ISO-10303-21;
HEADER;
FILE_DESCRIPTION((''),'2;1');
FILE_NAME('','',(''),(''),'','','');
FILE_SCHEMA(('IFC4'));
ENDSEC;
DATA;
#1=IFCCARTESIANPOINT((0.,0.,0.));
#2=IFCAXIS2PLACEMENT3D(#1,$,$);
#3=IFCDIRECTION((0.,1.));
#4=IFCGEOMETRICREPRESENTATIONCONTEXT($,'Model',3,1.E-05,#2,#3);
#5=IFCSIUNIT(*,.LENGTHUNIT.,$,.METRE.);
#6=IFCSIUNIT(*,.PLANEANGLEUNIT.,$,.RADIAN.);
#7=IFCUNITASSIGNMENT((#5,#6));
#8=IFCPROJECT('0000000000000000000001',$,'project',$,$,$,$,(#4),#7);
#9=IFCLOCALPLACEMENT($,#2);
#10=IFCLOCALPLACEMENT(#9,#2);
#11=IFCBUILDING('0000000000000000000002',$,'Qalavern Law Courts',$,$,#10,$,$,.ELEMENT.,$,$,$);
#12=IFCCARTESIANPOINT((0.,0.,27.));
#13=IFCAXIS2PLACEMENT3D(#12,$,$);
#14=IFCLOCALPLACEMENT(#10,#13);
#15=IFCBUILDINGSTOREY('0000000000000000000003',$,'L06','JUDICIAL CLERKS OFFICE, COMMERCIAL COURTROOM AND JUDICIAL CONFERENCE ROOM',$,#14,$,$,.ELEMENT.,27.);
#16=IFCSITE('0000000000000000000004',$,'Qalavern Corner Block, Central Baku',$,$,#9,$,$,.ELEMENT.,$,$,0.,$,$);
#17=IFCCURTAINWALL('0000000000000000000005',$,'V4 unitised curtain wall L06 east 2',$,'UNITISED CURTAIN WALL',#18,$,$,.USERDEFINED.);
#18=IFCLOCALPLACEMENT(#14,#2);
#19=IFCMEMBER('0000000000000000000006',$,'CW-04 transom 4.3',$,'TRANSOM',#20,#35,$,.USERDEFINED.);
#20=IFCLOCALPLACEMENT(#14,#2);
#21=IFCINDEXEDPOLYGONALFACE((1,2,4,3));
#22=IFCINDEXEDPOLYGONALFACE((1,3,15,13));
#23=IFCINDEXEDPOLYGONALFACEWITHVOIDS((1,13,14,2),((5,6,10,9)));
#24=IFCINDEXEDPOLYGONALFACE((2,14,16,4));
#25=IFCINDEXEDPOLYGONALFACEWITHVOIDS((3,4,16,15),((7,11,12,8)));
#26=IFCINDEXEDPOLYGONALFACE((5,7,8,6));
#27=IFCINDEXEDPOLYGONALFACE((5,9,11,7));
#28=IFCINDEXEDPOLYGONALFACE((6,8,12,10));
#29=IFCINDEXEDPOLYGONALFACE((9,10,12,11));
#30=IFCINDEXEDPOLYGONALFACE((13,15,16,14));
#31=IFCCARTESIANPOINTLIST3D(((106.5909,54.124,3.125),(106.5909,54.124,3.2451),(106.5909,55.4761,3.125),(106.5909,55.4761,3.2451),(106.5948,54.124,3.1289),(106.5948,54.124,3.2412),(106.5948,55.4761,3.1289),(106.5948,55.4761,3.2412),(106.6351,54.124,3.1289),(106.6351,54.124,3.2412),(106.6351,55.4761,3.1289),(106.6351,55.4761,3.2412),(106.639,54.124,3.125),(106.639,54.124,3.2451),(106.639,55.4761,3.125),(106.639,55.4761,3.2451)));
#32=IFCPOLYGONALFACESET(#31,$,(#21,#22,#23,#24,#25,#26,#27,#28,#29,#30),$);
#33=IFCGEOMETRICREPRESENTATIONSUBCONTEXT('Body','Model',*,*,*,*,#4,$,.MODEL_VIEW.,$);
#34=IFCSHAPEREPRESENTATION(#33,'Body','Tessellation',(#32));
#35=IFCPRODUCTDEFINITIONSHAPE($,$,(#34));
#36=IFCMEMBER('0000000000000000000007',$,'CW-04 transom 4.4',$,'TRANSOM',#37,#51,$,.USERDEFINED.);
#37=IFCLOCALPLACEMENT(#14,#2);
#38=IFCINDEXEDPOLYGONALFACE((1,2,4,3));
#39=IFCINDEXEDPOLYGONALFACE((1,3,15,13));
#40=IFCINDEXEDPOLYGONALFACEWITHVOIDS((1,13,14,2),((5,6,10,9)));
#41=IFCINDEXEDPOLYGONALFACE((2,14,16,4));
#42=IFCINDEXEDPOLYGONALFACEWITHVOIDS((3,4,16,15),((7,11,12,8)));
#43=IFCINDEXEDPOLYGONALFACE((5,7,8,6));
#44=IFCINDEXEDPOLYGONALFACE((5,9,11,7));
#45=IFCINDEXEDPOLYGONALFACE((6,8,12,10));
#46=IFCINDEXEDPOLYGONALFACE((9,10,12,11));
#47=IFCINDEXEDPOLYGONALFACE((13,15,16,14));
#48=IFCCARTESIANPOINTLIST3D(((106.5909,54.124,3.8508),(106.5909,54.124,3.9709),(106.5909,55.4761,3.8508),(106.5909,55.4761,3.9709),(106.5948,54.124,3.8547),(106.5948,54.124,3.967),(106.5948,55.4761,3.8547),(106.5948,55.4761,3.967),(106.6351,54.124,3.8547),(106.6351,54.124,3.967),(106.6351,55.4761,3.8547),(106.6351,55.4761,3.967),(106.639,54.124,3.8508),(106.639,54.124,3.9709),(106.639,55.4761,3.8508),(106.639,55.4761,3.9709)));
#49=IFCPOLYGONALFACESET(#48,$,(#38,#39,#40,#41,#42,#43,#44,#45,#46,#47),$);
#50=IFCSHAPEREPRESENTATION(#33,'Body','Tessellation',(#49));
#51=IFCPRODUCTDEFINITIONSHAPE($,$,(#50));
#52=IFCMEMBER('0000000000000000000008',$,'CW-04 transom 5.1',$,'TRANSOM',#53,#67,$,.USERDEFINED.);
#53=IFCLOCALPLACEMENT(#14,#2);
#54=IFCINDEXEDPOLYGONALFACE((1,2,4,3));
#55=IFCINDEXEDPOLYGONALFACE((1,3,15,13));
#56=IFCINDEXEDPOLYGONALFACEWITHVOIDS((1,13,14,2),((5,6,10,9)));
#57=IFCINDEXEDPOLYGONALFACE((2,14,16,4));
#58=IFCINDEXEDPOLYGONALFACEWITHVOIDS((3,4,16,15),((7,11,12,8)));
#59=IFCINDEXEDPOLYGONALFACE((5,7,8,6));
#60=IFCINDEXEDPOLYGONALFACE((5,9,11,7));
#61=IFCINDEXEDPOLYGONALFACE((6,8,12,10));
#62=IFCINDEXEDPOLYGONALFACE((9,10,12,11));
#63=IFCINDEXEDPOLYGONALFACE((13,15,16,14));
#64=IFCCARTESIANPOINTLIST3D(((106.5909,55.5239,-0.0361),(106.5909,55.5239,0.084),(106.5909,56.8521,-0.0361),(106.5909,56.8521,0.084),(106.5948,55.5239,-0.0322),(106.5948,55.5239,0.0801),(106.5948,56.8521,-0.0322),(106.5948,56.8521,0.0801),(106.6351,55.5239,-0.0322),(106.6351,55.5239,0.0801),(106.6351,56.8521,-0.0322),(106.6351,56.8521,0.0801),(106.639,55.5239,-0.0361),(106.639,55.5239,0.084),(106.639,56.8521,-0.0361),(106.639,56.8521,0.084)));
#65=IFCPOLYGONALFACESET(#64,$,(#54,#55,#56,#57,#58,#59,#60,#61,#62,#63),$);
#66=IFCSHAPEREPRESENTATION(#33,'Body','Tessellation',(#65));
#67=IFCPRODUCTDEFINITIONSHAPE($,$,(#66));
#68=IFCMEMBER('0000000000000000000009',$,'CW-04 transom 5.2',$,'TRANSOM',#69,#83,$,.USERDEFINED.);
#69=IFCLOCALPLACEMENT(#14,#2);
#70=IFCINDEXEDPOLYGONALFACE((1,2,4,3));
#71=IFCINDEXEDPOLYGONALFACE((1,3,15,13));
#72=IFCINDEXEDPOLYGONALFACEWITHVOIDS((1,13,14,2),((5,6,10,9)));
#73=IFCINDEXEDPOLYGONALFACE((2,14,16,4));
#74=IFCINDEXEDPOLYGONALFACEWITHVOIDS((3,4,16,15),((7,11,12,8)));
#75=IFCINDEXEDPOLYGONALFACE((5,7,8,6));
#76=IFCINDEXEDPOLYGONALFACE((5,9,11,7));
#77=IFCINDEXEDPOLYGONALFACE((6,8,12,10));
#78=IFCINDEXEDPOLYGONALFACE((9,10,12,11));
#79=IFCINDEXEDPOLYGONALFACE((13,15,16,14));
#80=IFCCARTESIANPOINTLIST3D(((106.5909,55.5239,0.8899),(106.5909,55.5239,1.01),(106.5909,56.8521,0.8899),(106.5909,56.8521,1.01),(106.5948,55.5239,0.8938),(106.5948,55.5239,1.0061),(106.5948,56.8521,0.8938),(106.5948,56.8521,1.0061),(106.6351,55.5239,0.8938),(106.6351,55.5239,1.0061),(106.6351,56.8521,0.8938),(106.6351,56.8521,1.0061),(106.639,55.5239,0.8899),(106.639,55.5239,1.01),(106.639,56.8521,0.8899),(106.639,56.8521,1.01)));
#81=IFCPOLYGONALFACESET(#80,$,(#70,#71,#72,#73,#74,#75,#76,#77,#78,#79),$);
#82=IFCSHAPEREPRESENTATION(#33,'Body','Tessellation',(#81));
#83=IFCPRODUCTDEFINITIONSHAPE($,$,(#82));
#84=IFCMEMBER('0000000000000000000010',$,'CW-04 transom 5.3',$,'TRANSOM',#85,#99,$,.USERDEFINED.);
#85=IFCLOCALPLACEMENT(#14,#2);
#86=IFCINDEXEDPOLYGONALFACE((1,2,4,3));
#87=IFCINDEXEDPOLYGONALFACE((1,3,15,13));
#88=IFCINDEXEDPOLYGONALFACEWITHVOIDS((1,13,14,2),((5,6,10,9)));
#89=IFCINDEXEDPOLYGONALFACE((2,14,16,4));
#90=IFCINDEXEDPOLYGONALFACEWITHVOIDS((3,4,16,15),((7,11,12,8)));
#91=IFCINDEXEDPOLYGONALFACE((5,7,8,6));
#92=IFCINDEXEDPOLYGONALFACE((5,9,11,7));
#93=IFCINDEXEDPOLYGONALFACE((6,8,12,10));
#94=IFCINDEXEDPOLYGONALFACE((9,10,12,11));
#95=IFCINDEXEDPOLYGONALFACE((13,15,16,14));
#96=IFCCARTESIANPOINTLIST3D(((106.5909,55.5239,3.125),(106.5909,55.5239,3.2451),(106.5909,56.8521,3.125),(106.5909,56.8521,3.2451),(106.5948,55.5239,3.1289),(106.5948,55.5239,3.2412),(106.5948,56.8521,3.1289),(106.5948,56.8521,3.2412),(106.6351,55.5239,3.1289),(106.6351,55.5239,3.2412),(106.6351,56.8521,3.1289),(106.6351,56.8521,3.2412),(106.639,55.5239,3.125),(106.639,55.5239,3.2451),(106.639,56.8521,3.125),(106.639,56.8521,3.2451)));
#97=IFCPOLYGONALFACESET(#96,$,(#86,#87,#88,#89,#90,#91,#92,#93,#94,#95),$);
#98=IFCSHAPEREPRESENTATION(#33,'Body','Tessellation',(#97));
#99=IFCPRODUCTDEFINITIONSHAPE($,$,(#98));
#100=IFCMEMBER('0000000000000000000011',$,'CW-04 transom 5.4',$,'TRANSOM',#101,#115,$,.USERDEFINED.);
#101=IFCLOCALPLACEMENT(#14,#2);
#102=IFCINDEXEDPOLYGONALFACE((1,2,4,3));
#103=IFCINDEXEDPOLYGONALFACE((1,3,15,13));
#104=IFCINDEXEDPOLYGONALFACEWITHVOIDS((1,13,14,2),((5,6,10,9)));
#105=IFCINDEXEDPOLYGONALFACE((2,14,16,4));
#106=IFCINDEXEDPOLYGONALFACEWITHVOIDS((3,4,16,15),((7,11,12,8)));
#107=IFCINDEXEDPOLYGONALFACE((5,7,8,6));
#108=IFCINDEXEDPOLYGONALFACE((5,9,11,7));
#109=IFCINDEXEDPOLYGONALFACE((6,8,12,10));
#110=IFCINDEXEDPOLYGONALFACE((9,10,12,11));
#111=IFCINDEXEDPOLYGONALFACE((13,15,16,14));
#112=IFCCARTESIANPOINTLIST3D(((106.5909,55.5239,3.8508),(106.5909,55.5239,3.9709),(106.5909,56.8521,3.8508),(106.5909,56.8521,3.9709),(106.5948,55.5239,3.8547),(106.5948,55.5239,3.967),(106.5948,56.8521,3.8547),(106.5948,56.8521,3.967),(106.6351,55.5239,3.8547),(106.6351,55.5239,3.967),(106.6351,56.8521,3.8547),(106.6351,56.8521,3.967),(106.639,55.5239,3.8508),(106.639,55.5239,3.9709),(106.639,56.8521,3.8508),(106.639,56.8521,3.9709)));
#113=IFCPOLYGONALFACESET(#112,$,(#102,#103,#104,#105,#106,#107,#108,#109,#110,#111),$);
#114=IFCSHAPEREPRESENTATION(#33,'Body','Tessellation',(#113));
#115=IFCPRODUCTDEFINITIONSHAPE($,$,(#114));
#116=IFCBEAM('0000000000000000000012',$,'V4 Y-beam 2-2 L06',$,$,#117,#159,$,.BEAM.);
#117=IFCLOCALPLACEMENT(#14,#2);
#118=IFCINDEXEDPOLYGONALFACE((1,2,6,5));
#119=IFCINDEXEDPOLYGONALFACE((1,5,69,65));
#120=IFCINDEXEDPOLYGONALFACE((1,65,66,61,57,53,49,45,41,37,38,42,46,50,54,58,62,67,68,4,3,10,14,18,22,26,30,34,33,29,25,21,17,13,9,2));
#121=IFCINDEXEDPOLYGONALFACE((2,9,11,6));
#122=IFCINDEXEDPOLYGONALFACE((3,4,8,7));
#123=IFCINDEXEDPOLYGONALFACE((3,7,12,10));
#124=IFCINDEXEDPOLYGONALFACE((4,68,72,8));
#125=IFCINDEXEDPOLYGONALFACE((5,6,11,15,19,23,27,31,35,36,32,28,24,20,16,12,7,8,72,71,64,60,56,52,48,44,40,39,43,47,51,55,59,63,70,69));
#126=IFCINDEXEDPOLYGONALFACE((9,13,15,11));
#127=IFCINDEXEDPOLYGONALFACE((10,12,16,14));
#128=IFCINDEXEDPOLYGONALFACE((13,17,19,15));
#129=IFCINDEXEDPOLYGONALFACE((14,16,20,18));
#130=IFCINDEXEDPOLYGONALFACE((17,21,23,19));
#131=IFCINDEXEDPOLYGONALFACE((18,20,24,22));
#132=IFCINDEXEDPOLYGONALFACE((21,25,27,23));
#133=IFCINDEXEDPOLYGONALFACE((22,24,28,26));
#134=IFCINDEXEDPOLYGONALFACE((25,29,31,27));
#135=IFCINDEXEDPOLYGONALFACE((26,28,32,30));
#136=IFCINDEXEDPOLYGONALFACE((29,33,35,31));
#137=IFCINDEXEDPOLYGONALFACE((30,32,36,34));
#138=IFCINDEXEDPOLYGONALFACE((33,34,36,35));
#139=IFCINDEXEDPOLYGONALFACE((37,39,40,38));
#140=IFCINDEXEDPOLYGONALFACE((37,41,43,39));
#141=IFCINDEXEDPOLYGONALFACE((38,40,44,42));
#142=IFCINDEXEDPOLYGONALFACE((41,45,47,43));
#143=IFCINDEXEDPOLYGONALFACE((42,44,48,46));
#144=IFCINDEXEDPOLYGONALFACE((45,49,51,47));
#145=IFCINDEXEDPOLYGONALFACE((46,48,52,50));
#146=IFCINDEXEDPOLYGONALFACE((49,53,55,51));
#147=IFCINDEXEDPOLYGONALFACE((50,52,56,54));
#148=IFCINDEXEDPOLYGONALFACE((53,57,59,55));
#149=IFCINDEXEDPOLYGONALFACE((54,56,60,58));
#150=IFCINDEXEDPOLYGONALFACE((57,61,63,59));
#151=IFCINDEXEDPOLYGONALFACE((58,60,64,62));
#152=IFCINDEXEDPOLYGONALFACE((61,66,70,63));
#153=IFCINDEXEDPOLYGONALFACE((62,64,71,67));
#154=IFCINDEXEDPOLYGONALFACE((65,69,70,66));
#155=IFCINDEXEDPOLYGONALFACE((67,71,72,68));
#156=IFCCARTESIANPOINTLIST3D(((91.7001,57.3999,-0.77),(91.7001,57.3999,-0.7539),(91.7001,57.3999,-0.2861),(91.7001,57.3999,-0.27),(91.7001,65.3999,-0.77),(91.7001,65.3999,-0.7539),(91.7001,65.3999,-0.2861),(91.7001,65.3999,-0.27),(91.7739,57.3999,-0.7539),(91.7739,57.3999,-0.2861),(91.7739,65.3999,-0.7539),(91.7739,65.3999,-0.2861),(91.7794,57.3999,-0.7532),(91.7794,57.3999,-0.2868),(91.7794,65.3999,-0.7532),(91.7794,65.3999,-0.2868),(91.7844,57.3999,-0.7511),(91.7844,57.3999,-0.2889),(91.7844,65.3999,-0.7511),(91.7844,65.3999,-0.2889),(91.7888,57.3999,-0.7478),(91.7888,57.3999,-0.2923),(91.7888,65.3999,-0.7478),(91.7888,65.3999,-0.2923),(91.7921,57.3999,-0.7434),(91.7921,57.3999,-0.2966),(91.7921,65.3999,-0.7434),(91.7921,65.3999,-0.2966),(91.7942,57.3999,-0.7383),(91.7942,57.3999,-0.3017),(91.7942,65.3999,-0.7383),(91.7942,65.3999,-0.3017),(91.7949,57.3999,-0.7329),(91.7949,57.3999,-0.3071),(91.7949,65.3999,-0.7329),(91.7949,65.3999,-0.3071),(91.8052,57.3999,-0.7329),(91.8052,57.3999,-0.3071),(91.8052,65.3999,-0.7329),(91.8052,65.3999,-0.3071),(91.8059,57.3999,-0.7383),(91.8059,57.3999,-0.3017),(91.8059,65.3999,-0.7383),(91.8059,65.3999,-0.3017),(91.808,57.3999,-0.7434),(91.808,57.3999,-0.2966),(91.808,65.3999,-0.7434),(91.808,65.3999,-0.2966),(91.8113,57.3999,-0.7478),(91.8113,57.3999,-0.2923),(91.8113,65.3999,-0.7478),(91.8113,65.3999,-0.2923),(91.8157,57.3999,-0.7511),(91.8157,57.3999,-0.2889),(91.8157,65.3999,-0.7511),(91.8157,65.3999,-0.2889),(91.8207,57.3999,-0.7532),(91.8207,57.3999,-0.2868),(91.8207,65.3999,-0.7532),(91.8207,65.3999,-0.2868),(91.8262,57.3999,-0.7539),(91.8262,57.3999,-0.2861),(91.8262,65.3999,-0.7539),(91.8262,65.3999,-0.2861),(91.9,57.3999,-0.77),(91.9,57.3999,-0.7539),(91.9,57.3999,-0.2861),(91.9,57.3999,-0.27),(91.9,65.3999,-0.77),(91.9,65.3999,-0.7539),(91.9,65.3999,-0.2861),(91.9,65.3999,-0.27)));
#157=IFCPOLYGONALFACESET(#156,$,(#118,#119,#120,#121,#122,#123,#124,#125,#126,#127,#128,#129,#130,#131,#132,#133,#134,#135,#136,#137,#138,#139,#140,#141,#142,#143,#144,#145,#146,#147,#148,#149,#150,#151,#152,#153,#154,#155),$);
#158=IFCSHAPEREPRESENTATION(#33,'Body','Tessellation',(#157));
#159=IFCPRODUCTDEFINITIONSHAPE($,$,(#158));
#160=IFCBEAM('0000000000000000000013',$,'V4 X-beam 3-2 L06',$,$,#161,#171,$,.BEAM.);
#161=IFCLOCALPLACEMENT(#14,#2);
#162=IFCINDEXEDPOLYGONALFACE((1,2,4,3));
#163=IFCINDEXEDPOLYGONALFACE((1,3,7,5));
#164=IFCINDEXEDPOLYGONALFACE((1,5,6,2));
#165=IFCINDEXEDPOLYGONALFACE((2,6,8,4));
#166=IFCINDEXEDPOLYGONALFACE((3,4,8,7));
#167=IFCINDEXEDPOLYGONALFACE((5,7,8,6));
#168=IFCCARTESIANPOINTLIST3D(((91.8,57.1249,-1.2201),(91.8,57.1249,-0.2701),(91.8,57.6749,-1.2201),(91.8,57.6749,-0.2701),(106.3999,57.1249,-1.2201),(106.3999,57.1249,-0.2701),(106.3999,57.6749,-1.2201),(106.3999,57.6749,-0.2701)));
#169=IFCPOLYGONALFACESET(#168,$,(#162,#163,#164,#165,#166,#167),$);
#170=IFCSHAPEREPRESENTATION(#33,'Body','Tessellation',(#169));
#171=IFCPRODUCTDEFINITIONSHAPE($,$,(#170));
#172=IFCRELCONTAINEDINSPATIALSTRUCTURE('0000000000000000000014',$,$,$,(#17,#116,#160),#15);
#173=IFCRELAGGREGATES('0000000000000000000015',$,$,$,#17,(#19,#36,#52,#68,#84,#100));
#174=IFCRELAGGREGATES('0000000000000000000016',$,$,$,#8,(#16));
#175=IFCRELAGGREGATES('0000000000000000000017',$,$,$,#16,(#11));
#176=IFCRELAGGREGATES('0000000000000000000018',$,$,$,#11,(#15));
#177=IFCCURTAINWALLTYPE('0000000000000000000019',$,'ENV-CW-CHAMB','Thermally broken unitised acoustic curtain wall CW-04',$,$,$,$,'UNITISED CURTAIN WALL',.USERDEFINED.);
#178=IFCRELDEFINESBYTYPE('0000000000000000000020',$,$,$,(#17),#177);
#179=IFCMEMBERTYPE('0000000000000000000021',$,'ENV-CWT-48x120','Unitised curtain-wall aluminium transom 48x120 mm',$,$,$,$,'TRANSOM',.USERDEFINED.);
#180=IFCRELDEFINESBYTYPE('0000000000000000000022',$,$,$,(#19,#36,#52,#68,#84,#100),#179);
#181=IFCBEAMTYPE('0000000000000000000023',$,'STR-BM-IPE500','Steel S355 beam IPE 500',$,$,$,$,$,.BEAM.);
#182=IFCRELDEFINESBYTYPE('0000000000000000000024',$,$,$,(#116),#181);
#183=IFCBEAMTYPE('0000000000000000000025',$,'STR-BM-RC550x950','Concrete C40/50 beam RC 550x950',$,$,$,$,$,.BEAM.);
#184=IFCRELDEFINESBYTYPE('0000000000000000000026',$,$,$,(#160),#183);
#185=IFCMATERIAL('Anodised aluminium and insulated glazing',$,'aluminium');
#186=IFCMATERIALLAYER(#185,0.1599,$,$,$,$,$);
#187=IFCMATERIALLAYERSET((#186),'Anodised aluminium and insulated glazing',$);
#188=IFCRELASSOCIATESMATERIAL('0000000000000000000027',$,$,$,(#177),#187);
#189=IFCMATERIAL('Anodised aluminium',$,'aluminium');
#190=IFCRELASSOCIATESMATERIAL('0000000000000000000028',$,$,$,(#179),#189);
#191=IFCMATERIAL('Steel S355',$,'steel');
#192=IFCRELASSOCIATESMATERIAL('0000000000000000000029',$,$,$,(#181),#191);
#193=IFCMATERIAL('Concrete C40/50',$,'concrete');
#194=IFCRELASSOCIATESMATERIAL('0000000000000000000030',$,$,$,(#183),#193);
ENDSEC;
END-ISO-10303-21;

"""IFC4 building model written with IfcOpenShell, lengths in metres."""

from ifc_helpers import new_model, si_unit, direction, frame, origin, origin_2d, place, context, subcontext, project, spatial, rectangle, hollow_rectangle, i_section, extrude, material, layer, layer_set, material_profile, profile_set, type_object, element, aggregate, save


model = new_model("IFC4")

# Units and contexts
model_context = context("Model", 3, precision=1e-05, world=origin(), true_north=direction((0.0, 1.0)))
body_context = subcontext(model_context, "Body", "Model", "MODEL_VIEW")
ifc_project = project(units=[si_unit("LENGTHUNIT", "METRE"), si_unit("PLANEANGLEUNIT", "RADIAN")], contexts=[model_context])

# Site, building, storey
site_placement = place(None, origin())
site = spatial("IfcSite", under=ifc_project, at=site_placement, Name="Qalavern Corner Block, Central Baku", CompositionType="ELEMENT", RefElevation=0.0)
building_placement = place(site_placement, origin())
building = spatial("IfcBuilding", under=site, at=building_placement, Name="Qalavern Law Courts", CompositionType="ELEMENT")
storey_placement = place(building_placement, frame((0.0, 0.0, 27.0)))
storey = spatial("IfcBuildingStorey", under=building, at=storey_placement, Name="L06", Description="JUDICIAL CLERKS OFFICE, COMMERCIAL COURTROOM AND JUDICIAL CONFERENCE ROOM", CompositionType="ELEMENT", Elevation=27.0)

# Curtain wall, members
ifc_material_1 = material(Name="Anodised aluminium and insulated glazing", Category="aluminium")
ifc_layer_1 = layer(ifc_material_1, 0.1599)
ifc_layer_set_1 = layer_set([ifc_layer_1], Name="Anodised aluminium and insulated glazing")
curtain_wall_type = type_object("IfcCurtainWallType", Name="ENV-CW-CHAMB", Description="Thermally broken unitised acoustic curtain wall CW-04", ElementType="UNITISED CURTAIN WALL", PredefinedType="USERDEFINED", material=ifc_layer_set_1)
curtain_wall_placement = place(storey_placement, origin())
curtain_wall = element("IfcCurtainWall", 1, at=curtain_wall_placement, inside=storey, type_object=curtain_wall_type, Name="V4 unitised curtain wall L06 east 2", ObjectType="UNITISED CURTAIN WALL", PredefinedType="USERDEFINED")
ifc_material_2 = material(Name="Anodised aluminium", Category="aluminium")
ifc_material_profile_1 = material_profile(ifc_material_2, hollow_rectangle(XDim=0.0481, YDim=0.1201, WallThickness=0.0039, at=origin_2d()), Name="ALU TRANSOM 48x120")
ifc_profile_set_1 = profile_set([ifc_material_profile_1], Name="Anodised aluminium")
member_type_1 = type_object("IfcMemberType", Name="ENV-CWT-48x120", Description="Unitised curtain-wall aluminium transom 48x120 mm", ElementType="TRANSOM", PredefinedType="USERDEFINED", material=ifc_profile_set_1)
member_1_placement = place(storey_placement, frame((106.615, 54.124, 3.1851), z_axis=(0.0, 1.0, 0.0), x_axis=(-1.0, 0.0, 0.0)))
member_1 = element("IfcMember", 2, at=member_1_placement, type_object=member_type_1, Name="CW-04 transom 4.3", ObjectType="TRANSOM", PredefinedType="USERDEFINED", context=body_context, shape_type="SweptSolid", body=[
    extrude(hollow_rectangle(XDim=0.0481, YDim=0.1201, WallThickness=0.0039, at=origin_2d()), origin(), (0.0, 0.0, 1.0), 1.3521),
])
member_2_placement = place(storey_placement, frame((106.615, 54.124, 3.9109), z_axis=(0.0, 1.0, 0.0), x_axis=(-1.0, 0.0, 0.0)))
member_2 = element("IfcMember", 3, at=member_2_placement, type_object=member_type_1, Name="CW-04 transom 4.4", ObjectType="TRANSOM", PredefinedType="USERDEFINED", context=body_context, shape_type="SweptSolid", body=[
    extrude(hollow_rectangle(XDim=0.0481, YDim=0.1201, WallThickness=0.0039, at=origin_2d()), origin(), (0.0, 0.0, 1.0), 1.3521),
])
member_3_placement = place(storey_placement, frame((106.615, 55.5239, 0.0239), z_axis=(0.0, 1.0, 0.0), x_axis=(-1.0, 0.0, 0.0)))
member_3 = element("IfcMember", 4, at=member_3_placement, type_object=member_type_1, Name="CW-04 transom 5.1", ObjectType="TRANSOM", PredefinedType="USERDEFINED", context=body_context, shape_type="SweptSolid", body=[
    extrude(hollow_rectangle(XDim=0.0481, YDim=0.1201, WallThickness=0.0039, at=origin_2d()), origin(), (0.0, 0.0, 1.0), 1.3281),
])
member_4_placement = place(storey_placement, frame((106.615, 55.5239, 0.95), z_axis=(0.0, 1.0, 0.0), x_axis=(-1.0, 0.0, 0.0)))
member_4 = element("IfcMember", 5, at=member_4_placement, type_object=member_type_1, Name="CW-04 transom 5.2", ObjectType="TRANSOM", PredefinedType="USERDEFINED", context=body_context, shape_type="SweptSolid", body=[
    extrude(hollow_rectangle(XDim=0.0481, YDim=0.1201, WallThickness=0.0039, at=origin_2d()), origin(), (0.0, 0.0, 1.0), 1.3281),
])
member_5_placement = place(storey_placement, frame((106.615, 55.5239, 3.1851), z_axis=(0.0, 1.0, 0.0), x_axis=(-1.0, 0.0, 0.0)))
member_5 = element("IfcMember", 6, at=member_5_placement, type_object=member_type_1, Name="CW-04 transom 5.3", ObjectType="TRANSOM", PredefinedType="USERDEFINED", context=body_context, shape_type="SweptSolid", body=[
    extrude(hollow_rectangle(XDim=0.0481, YDim=0.1201, WallThickness=0.0039, at=origin_2d()), origin(), (0.0, 0.0, 1.0), 1.3281),
])
member_6_placement = place(storey_placement, frame((106.615, 55.5239, 3.9109), z_axis=(0.0, 1.0, 0.0), x_axis=(-1.0, 0.0, 0.0)))
member_6 = element("IfcMember", 7, at=member_6_placement, type_object=member_type_1, Name="CW-04 transom 5.4", ObjectType="TRANSOM", PredefinedType="USERDEFINED", context=body_context, shape_type="SweptSolid", body=[
    extrude(hollow_rectangle(XDim=0.0481, YDim=0.1201, WallThickness=0.0039, at=origin_2d()), origin(), (0.0, 0.0, 1.0), 1.3281),
])

# Beams
ifc_material_3 = material(Name="Steel S355", Category="steel")
ifc_material_profile_2 = material_profile(ifc_material_3, i_section(OverallWidth=0.2, OverallDepth=0.5, WebThickness=0.0103, FlangeThickness=0.0161, FilletRadius=0.021, at=origin_2d()), Name="IPE 500")
ifc_profile_set_2 = profile_set([ifc_material_profile_2], Name="Steel S355")
beam_type_1 = type_object("IfcBeamType", Name="STR-BM-IPE500", Description="Steel S355 beam IPE 500", PredefinedType="BEAM", material=ifc_profile_set_2)
beam_1_placement = place(storey_placement, frame((91.8, 57.3999, -0.52), z_axis=(0.0, 1.0, 0.0), x_axis=(-1.0, 0.0, 0.0)))
element("IfcBeam", 8, at=beam_1_placement, inside=storey, type_object=beam_type_1, Name="V4 Y-beam 2-2 L06", PredefinedType="BEAM", context=body_context, shape_type="SweptSolid", body=[
    extrude(i_section(OverallWidth=0.2, OverallDepth=0.5, WebThickness=0.0103, FlangeThickness=0.0161, FilletRadius=0.021, at=origin_2d()), origin(), (0.0, 0.0, 1.0), 8.0),
])
ifc_material_4 = material(Name="Concrete C40/50", Category="concrete")
ifc_material_profile_3 = material_profile(ifc_material_4, rectangle(XDim=0.55, YDim=0.95, at=origin_2d()), Name="RC 550x950")
ifc_profile_set_3 = profile_set([ifc_material_profile_3], Name="Concrete C40/50")
beam_type_2 = type_object("IfcBeamType", Name="STR-BM-RC550x950", Description="Concrete C40/50 beam RC 550x950", PredefinedType="BEAM", material=ifc_profile_set_3)
beam_2_placement = place(storey_placement, frame((91.8, 57.3999, -0.7451), z_axis=(1.0, 0.0, 0.0), x_axis=(0.0, 1.0, 0.0)))
element("IfcBeam", 9, at=beam_2_placement, inside=storey, type_object=beam_type_2, Name="V4 X-beam 3-2 L06", PredefinedType="BEAM", context=body_context, shape_type="SweptSolid", body=[
    extrude(rectangle(XDim=0.55, YDim=0.95, at=origin_2d()), origin(), (0.0, 0.0, 1.0), 14.5999),
])

aggregate(curtain_wall, [member_1, member_2, member_3, member_4, member_5, member_6])

save(model, "model.ifc")
